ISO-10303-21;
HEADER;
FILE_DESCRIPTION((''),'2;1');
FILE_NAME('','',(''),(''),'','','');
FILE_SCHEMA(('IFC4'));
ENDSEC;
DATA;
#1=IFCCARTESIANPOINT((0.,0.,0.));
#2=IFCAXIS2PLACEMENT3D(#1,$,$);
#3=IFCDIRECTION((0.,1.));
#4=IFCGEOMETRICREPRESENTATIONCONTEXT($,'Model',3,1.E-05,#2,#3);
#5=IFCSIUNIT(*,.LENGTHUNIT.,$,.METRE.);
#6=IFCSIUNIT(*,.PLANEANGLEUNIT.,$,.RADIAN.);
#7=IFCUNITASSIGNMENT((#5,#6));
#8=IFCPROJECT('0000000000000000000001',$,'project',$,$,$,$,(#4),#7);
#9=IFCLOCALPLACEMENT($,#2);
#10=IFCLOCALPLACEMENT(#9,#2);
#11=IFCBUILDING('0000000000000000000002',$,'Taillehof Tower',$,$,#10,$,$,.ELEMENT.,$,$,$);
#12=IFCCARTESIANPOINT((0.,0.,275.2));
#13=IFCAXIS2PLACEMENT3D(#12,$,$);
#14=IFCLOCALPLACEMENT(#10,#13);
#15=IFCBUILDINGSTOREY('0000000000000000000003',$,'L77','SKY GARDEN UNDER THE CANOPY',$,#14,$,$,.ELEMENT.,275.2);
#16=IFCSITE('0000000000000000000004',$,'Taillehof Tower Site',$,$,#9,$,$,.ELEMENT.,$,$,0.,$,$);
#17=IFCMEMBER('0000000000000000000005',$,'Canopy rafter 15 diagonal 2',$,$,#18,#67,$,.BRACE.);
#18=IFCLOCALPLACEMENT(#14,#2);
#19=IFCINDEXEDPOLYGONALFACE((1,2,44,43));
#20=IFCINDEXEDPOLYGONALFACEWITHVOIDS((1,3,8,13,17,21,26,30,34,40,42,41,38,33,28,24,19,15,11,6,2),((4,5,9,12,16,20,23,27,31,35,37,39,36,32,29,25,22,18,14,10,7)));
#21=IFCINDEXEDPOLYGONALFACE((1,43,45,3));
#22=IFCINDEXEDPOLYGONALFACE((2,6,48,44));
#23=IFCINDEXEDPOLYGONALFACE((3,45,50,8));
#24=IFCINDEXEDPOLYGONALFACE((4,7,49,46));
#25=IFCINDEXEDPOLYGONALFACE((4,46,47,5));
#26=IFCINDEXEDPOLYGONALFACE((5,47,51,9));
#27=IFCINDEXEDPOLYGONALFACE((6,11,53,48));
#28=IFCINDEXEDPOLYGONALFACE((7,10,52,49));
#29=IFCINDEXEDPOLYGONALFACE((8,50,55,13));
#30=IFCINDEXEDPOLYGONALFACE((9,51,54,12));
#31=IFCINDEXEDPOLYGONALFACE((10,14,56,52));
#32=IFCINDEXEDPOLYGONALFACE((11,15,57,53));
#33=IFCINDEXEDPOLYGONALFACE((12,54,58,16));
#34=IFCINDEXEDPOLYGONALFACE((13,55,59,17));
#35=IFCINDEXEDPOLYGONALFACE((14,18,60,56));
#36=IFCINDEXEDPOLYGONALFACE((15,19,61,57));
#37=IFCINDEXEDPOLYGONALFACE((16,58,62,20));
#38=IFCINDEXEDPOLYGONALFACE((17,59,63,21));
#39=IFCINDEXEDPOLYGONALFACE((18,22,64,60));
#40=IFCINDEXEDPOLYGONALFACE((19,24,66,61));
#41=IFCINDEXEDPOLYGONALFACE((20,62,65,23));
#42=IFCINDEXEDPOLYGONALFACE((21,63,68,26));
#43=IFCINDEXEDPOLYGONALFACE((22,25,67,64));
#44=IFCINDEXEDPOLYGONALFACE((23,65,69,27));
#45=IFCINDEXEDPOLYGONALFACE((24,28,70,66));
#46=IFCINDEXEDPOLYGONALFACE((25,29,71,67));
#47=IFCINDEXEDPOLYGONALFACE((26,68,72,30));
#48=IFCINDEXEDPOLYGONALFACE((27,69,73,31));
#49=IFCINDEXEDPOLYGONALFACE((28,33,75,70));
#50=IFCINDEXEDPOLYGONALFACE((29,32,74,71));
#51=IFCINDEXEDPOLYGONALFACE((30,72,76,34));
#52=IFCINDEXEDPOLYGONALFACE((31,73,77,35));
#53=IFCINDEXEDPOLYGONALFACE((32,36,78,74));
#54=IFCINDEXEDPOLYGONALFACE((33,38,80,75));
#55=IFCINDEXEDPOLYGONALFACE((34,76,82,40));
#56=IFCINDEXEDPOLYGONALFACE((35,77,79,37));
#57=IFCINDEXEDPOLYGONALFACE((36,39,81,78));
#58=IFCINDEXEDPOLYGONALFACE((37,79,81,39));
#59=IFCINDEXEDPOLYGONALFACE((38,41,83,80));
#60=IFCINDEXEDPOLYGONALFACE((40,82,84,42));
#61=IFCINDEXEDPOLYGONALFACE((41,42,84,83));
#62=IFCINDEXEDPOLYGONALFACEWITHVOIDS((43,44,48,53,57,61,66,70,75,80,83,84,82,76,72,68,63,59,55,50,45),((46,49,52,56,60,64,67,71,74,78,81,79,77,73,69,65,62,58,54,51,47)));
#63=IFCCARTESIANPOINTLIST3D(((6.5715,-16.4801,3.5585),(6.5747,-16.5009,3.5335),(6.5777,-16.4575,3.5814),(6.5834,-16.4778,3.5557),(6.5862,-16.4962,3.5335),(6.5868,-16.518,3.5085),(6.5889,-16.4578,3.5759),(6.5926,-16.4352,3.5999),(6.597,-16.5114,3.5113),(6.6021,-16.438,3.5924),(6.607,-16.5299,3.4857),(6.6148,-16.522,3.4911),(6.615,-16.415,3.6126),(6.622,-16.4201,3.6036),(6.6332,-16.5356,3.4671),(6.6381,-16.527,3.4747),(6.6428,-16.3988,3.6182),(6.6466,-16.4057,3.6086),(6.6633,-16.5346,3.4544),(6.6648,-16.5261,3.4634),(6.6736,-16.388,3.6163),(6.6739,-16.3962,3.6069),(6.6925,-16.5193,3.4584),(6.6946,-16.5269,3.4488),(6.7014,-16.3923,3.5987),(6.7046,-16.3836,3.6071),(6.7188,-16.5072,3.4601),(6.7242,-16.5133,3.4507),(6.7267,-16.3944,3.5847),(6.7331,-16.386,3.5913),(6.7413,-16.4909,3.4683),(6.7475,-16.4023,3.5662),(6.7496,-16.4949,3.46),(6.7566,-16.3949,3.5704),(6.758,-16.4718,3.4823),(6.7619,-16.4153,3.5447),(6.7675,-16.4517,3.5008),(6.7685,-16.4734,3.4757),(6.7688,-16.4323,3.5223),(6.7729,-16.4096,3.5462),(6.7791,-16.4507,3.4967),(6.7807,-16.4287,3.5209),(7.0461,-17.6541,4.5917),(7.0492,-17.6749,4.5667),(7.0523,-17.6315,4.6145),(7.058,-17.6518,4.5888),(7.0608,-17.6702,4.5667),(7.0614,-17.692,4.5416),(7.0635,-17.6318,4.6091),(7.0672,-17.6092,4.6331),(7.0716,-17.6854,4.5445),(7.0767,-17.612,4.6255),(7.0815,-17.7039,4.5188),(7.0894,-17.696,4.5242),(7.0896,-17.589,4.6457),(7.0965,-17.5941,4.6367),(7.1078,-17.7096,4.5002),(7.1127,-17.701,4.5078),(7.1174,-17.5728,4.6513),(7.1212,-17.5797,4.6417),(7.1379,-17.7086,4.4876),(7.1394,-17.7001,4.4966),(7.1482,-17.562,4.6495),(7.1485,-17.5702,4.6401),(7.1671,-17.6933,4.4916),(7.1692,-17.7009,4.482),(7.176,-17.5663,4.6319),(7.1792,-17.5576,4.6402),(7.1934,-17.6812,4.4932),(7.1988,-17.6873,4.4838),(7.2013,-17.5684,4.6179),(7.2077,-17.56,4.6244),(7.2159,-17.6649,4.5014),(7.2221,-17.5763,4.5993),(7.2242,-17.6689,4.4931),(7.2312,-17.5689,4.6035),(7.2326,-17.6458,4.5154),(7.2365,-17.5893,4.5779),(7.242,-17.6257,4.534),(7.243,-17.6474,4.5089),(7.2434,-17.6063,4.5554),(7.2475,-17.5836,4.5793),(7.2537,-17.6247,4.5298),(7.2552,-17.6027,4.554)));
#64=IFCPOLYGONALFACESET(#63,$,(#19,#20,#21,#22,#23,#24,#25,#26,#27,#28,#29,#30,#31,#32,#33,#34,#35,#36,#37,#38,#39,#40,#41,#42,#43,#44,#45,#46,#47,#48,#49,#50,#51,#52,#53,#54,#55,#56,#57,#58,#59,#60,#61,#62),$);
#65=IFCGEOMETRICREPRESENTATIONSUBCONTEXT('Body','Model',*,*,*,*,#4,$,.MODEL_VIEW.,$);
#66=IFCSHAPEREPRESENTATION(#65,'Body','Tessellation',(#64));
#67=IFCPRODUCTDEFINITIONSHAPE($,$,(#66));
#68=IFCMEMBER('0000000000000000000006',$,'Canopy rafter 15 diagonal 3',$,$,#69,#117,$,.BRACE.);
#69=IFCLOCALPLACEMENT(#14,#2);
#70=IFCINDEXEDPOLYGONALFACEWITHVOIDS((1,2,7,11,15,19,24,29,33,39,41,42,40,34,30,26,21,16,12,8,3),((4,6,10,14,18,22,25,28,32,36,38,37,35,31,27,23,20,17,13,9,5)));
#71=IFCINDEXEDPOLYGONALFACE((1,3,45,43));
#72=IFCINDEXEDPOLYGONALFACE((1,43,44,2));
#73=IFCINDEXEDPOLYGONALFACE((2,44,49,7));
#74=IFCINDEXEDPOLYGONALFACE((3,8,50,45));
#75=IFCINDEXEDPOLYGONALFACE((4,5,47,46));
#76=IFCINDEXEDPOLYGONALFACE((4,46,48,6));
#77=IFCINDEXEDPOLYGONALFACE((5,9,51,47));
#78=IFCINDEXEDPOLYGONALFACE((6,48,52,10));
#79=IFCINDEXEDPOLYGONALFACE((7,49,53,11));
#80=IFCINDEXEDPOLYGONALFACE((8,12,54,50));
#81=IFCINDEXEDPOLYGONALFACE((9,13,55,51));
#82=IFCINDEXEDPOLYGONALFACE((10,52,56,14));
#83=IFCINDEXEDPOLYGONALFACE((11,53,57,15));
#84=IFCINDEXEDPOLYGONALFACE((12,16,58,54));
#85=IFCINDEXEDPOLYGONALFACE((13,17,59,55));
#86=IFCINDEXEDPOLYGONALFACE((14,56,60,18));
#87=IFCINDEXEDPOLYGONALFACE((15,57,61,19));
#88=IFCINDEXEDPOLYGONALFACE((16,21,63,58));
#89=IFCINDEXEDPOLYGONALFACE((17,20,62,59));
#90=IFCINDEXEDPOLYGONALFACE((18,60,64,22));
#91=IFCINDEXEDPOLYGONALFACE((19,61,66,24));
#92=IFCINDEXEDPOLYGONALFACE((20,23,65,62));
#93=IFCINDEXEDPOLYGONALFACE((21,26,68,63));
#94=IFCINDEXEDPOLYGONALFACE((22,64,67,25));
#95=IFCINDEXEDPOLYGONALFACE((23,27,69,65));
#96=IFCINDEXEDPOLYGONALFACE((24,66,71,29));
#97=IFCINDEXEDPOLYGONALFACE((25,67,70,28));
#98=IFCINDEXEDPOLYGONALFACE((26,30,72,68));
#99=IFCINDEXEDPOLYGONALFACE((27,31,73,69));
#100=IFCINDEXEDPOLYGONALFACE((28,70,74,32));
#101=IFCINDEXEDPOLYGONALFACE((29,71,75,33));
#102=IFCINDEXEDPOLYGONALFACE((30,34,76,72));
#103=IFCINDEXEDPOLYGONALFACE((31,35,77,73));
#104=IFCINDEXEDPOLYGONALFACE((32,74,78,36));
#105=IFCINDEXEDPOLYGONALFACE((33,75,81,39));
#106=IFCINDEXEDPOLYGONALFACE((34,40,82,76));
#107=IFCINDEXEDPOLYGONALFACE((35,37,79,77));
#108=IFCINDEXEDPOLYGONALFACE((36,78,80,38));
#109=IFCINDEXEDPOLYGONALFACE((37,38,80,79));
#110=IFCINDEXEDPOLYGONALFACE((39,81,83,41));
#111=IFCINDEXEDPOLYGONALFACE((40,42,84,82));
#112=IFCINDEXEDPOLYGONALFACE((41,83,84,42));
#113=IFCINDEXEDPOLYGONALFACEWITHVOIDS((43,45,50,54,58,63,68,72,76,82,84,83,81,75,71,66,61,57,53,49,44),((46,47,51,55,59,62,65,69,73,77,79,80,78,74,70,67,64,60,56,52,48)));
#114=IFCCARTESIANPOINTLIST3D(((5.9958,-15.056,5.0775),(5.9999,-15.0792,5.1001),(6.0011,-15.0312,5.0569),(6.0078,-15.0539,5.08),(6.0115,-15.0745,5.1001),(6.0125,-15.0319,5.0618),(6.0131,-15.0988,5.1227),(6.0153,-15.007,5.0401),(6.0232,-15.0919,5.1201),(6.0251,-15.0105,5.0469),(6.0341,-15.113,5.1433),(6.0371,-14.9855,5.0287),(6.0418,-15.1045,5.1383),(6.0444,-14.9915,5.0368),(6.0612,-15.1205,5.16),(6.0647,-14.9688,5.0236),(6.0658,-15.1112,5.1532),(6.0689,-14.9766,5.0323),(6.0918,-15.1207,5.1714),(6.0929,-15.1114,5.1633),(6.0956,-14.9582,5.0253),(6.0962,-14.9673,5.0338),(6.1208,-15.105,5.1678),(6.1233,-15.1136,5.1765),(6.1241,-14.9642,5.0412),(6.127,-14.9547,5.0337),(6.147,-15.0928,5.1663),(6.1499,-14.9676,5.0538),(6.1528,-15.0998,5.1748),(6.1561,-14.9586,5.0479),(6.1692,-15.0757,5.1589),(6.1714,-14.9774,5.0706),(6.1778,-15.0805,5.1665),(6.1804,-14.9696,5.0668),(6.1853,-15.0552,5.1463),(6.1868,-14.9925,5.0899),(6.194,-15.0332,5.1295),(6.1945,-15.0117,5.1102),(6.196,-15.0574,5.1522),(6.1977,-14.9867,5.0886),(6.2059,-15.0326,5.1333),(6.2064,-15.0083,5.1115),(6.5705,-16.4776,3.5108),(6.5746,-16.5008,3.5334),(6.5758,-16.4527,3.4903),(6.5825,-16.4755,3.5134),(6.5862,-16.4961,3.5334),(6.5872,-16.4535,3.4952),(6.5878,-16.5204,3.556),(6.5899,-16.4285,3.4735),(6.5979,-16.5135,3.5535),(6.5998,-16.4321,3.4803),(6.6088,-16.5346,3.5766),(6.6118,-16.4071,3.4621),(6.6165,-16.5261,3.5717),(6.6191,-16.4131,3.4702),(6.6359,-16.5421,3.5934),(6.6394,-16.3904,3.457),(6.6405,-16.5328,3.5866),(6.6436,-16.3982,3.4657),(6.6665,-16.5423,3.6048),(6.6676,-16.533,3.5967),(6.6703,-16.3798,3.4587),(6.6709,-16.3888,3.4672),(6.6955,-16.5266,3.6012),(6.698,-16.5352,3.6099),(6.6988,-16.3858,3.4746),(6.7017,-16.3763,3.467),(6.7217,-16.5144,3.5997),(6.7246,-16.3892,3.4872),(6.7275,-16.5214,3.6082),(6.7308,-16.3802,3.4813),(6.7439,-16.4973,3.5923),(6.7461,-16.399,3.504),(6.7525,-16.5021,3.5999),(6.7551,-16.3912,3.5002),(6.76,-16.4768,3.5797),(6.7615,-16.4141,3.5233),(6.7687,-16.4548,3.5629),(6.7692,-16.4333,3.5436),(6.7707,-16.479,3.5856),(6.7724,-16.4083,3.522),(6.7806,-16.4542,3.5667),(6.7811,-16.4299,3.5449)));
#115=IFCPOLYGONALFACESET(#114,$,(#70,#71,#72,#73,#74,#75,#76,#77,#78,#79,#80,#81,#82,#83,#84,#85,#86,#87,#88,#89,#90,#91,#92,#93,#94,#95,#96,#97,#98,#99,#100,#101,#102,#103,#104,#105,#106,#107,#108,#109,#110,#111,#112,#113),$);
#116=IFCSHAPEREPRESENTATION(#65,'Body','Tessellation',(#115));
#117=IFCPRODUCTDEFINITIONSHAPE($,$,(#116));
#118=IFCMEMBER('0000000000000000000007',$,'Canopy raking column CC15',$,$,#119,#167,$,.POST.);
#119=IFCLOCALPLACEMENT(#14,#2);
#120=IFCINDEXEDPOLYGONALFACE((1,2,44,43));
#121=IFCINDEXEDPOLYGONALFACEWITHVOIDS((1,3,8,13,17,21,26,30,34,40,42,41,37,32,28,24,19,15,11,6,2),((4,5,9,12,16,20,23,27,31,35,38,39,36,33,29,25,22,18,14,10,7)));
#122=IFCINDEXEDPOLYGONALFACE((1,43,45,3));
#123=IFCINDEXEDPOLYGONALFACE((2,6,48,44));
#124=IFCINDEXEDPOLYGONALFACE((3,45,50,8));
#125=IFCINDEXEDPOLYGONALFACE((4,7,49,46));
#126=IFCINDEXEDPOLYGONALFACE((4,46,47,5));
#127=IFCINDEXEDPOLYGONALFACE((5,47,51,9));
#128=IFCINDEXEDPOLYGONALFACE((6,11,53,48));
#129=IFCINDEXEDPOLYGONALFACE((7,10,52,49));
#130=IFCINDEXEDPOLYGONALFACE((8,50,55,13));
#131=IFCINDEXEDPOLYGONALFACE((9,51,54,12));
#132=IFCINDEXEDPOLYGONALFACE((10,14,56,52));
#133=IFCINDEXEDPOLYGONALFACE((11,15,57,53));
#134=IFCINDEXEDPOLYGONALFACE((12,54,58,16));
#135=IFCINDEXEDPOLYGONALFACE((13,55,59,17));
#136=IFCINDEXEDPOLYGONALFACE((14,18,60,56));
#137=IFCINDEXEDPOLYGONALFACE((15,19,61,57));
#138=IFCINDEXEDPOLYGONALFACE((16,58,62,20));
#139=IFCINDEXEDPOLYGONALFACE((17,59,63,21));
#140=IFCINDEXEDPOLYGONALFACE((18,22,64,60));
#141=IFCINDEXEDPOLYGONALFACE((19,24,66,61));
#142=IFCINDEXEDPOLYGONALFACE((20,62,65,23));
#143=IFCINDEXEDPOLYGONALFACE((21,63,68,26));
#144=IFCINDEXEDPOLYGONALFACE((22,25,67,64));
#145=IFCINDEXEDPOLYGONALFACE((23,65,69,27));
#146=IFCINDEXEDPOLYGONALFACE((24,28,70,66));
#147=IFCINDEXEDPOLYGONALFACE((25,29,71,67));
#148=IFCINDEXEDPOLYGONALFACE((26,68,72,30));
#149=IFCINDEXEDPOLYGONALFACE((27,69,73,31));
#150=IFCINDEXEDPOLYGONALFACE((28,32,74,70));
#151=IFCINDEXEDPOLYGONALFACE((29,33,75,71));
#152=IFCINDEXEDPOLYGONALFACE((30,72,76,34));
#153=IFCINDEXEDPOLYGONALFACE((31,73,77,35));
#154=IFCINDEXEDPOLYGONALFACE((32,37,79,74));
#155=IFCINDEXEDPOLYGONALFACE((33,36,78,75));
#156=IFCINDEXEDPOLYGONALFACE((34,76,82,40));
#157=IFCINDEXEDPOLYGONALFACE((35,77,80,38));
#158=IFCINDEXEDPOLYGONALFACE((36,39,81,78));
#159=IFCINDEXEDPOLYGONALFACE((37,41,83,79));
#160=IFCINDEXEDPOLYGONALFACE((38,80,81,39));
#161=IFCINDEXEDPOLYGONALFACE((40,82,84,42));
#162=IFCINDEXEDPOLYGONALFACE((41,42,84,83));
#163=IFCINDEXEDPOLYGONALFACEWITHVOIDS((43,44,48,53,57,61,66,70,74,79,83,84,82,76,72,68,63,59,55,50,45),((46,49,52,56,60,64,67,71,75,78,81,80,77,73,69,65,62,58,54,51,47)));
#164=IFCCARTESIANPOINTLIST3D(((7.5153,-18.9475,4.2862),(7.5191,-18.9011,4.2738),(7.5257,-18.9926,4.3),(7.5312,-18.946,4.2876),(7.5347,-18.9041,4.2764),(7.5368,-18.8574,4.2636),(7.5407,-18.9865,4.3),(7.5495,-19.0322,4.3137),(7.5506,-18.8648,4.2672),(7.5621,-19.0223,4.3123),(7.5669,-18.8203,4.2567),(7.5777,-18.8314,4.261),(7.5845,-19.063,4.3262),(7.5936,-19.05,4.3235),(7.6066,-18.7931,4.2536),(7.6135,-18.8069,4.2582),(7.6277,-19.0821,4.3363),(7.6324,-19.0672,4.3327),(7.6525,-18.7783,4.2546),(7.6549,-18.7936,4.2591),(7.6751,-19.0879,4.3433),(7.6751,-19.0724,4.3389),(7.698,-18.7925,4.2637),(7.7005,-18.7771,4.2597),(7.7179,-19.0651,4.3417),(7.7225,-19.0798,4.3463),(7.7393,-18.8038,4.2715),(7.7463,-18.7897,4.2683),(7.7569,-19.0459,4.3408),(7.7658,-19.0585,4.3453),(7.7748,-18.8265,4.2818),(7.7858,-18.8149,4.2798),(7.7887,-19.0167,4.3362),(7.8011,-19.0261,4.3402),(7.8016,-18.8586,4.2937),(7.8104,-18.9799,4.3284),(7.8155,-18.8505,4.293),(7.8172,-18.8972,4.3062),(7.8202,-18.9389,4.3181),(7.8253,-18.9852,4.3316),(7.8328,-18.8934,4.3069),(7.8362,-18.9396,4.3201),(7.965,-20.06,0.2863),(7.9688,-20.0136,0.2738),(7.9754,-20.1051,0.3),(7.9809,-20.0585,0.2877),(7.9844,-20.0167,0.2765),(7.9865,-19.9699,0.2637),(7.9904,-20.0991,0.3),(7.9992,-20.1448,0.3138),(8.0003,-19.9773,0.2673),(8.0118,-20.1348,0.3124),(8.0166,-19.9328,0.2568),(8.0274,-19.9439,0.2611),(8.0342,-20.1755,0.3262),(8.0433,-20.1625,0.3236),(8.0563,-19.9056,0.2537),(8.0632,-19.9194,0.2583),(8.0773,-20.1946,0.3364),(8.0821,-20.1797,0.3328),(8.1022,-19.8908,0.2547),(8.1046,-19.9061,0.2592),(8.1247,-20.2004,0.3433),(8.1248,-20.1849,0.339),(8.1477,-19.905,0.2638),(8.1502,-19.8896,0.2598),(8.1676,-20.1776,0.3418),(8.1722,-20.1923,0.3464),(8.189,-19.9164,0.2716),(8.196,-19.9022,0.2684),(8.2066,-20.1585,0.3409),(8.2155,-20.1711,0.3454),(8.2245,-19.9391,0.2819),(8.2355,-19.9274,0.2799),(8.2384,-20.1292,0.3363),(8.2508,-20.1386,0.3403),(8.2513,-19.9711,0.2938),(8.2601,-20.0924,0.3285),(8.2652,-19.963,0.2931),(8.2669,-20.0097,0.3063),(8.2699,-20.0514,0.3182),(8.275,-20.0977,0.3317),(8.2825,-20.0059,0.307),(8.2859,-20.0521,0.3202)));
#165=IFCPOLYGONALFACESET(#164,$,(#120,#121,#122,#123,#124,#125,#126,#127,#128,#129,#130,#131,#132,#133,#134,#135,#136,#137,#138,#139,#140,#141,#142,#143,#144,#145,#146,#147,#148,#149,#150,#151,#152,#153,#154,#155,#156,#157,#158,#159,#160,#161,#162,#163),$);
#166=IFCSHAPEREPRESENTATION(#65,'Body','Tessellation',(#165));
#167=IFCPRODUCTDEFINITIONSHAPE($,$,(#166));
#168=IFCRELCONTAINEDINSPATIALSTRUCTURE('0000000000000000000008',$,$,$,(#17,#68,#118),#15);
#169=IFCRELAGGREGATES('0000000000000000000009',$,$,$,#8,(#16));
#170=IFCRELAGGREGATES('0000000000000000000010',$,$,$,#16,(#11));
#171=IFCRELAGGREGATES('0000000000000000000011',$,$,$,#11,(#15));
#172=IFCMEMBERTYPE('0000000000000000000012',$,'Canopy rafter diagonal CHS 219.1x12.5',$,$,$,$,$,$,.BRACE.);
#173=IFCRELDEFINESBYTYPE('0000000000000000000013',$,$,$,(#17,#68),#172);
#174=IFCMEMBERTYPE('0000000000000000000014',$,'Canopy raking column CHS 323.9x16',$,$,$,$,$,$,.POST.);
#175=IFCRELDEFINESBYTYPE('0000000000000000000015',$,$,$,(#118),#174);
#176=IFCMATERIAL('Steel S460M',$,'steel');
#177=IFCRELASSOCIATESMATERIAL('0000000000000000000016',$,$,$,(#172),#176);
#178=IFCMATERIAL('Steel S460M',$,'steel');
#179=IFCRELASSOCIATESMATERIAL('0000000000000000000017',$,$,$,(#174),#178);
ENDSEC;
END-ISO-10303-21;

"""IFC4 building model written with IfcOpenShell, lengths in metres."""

from ifc_helpers import new_model, si_unit, direction, frame, origin, origin_2d, place, context, subcontext, project, spatial, hollow_circle, extrude, material, material_profile, profile_set, type_object, element, save


model = new_model("IFC4")

# Units and contexts
model_context = context("Model", 3, precision=1e-05, world=origin(), true_north=direction((0.0, 1.0)))
body_context = subcontext(model_context, "Body", "Model", "MODEL_VIEW")
ifc_project = project(units=[si_unit("LENGTHUNIT", "METRE"), si_unit("PLANEANGLEUNIT", "RADIAN")], contexts=[model_context])

# Site, building, storey
site_placement = place(None, origin())
site = spatial("IfcSite", under=ifc_project, at=site_placement, Name="Taillehof Tower Site", CompositionType="ELEMENT", RefElevation=0.0)
building_placement = place(site_placement, origin())
building = spatial("IfcBuilding", under=site, at=building_placement, Name="Taillehof Tower", CompositionType="ELEMENT")
storey_placement = place(building_placement, frame((0.0, 0.0, 275.2)))
storey = spatial("IfcBuildingStorey", under=building, at=storey_placement, Name="L77", Description="SKY GARDEN UNDER THE CANOPY", CompositionType="ELEMENT", Elevation=275.2)

# Members
ifc_material_1 = material(Name="Steel S460M", Category="steel")
ifc_material_profile_1 = material_profile(ifc_material_1, hollow_circle(Radius=0.1096, WallThickness=0.0125, at=origin_2d()), Name="CHS 219.1x12.5")
ifc_profile_set_1 = profile_set([ifc_material_profile_1], Name="Steel S460M")
member_type_1 = type_object("IfcMemberType", Name="Canopy rafter diagonal CHS 219.1x12.5", PredefinedType="BRACE", material=ifc_profile_set_1)
member_1_placement = place(storey_placement, frame((7.1509, -17.6338, 4.5667), z_axis=(-0.290391, 0.718358, -0.632167), x_axis=(-0.927114, -0.374779, 0.0)))
element("IfcMember", 1, at=member_1_placement, inside=storey, type_object=member_type_1, Name="Canopy rafter 15 diagonal 2", PredefinedType="BRACE", context=body_context, shape_type="SweptSolid", body=[
    extrude(hollow_circle(Radius=0.1096, WallThickness=0.0125, at=origin_2d()), origin(), (0.0, 0.0, 1.0), 1.6343),
])
member_2_placement = place(storey_placement, frame((6.6763, -16.4597, 3.5334), z_axis=(-0.262161, 0.648497, 0.714649), x_axis=(-0.927109, -0.374792, 0.0)))
element("IfcMember", 2, at=member_2_placement, inside=storey, type_object=member_type_1, Name="Canopy rafter 15 diagonal 3", PredefinedType="BRACE", context=body_context, shape_type="SweptSolid", body=[
    extrude(hollow_circle(Radius=0.1096, WallThickness=0.0125, at=origin_2d()), origin(), (0.0, 0.0, 1.0), 2.1921),
])
ifc_material_2 = material(Name="Steel S460M", Category="steel")
ifc_material_profile_2 = material_profile(ifc_material_2, hollow_circle(Radius=0.1619, WallThickness=0.0161, at=origin_2d()), Name="CHS 323.9x16")
ifc_profile_set_2 = profile_set([ifc_material_profile_2], Name="Steel S460M")
member_type_2 = type_object("IfcMemberType", Name="Canopy raking column CHS 323.9x16", PredefinedType="POST", material=ifc_profile_set_2)
member_3_placement = place(storey_placement, frame((8.1255, -20.0444, 0.3), z_axis=(-0.107685, 0.266407, 0.957826), x_axis=(-0.927124, -0.374756, 0.0)))
element("IfcMember", 3, at=member_3_placement, inside=storey, type_object=member_type_2, Name="Canopy raking column CC15", PredefinedType="POST", context=body_context, shape_type="SweptSolid", body=[
    extrude(hollow_circle(Radius=0.1619, WallThickness=0.0161, at=origin_2d()), origin(), (0.0, 0.0, 1.0), 4.176),
])

save(model, "model.ifc")
